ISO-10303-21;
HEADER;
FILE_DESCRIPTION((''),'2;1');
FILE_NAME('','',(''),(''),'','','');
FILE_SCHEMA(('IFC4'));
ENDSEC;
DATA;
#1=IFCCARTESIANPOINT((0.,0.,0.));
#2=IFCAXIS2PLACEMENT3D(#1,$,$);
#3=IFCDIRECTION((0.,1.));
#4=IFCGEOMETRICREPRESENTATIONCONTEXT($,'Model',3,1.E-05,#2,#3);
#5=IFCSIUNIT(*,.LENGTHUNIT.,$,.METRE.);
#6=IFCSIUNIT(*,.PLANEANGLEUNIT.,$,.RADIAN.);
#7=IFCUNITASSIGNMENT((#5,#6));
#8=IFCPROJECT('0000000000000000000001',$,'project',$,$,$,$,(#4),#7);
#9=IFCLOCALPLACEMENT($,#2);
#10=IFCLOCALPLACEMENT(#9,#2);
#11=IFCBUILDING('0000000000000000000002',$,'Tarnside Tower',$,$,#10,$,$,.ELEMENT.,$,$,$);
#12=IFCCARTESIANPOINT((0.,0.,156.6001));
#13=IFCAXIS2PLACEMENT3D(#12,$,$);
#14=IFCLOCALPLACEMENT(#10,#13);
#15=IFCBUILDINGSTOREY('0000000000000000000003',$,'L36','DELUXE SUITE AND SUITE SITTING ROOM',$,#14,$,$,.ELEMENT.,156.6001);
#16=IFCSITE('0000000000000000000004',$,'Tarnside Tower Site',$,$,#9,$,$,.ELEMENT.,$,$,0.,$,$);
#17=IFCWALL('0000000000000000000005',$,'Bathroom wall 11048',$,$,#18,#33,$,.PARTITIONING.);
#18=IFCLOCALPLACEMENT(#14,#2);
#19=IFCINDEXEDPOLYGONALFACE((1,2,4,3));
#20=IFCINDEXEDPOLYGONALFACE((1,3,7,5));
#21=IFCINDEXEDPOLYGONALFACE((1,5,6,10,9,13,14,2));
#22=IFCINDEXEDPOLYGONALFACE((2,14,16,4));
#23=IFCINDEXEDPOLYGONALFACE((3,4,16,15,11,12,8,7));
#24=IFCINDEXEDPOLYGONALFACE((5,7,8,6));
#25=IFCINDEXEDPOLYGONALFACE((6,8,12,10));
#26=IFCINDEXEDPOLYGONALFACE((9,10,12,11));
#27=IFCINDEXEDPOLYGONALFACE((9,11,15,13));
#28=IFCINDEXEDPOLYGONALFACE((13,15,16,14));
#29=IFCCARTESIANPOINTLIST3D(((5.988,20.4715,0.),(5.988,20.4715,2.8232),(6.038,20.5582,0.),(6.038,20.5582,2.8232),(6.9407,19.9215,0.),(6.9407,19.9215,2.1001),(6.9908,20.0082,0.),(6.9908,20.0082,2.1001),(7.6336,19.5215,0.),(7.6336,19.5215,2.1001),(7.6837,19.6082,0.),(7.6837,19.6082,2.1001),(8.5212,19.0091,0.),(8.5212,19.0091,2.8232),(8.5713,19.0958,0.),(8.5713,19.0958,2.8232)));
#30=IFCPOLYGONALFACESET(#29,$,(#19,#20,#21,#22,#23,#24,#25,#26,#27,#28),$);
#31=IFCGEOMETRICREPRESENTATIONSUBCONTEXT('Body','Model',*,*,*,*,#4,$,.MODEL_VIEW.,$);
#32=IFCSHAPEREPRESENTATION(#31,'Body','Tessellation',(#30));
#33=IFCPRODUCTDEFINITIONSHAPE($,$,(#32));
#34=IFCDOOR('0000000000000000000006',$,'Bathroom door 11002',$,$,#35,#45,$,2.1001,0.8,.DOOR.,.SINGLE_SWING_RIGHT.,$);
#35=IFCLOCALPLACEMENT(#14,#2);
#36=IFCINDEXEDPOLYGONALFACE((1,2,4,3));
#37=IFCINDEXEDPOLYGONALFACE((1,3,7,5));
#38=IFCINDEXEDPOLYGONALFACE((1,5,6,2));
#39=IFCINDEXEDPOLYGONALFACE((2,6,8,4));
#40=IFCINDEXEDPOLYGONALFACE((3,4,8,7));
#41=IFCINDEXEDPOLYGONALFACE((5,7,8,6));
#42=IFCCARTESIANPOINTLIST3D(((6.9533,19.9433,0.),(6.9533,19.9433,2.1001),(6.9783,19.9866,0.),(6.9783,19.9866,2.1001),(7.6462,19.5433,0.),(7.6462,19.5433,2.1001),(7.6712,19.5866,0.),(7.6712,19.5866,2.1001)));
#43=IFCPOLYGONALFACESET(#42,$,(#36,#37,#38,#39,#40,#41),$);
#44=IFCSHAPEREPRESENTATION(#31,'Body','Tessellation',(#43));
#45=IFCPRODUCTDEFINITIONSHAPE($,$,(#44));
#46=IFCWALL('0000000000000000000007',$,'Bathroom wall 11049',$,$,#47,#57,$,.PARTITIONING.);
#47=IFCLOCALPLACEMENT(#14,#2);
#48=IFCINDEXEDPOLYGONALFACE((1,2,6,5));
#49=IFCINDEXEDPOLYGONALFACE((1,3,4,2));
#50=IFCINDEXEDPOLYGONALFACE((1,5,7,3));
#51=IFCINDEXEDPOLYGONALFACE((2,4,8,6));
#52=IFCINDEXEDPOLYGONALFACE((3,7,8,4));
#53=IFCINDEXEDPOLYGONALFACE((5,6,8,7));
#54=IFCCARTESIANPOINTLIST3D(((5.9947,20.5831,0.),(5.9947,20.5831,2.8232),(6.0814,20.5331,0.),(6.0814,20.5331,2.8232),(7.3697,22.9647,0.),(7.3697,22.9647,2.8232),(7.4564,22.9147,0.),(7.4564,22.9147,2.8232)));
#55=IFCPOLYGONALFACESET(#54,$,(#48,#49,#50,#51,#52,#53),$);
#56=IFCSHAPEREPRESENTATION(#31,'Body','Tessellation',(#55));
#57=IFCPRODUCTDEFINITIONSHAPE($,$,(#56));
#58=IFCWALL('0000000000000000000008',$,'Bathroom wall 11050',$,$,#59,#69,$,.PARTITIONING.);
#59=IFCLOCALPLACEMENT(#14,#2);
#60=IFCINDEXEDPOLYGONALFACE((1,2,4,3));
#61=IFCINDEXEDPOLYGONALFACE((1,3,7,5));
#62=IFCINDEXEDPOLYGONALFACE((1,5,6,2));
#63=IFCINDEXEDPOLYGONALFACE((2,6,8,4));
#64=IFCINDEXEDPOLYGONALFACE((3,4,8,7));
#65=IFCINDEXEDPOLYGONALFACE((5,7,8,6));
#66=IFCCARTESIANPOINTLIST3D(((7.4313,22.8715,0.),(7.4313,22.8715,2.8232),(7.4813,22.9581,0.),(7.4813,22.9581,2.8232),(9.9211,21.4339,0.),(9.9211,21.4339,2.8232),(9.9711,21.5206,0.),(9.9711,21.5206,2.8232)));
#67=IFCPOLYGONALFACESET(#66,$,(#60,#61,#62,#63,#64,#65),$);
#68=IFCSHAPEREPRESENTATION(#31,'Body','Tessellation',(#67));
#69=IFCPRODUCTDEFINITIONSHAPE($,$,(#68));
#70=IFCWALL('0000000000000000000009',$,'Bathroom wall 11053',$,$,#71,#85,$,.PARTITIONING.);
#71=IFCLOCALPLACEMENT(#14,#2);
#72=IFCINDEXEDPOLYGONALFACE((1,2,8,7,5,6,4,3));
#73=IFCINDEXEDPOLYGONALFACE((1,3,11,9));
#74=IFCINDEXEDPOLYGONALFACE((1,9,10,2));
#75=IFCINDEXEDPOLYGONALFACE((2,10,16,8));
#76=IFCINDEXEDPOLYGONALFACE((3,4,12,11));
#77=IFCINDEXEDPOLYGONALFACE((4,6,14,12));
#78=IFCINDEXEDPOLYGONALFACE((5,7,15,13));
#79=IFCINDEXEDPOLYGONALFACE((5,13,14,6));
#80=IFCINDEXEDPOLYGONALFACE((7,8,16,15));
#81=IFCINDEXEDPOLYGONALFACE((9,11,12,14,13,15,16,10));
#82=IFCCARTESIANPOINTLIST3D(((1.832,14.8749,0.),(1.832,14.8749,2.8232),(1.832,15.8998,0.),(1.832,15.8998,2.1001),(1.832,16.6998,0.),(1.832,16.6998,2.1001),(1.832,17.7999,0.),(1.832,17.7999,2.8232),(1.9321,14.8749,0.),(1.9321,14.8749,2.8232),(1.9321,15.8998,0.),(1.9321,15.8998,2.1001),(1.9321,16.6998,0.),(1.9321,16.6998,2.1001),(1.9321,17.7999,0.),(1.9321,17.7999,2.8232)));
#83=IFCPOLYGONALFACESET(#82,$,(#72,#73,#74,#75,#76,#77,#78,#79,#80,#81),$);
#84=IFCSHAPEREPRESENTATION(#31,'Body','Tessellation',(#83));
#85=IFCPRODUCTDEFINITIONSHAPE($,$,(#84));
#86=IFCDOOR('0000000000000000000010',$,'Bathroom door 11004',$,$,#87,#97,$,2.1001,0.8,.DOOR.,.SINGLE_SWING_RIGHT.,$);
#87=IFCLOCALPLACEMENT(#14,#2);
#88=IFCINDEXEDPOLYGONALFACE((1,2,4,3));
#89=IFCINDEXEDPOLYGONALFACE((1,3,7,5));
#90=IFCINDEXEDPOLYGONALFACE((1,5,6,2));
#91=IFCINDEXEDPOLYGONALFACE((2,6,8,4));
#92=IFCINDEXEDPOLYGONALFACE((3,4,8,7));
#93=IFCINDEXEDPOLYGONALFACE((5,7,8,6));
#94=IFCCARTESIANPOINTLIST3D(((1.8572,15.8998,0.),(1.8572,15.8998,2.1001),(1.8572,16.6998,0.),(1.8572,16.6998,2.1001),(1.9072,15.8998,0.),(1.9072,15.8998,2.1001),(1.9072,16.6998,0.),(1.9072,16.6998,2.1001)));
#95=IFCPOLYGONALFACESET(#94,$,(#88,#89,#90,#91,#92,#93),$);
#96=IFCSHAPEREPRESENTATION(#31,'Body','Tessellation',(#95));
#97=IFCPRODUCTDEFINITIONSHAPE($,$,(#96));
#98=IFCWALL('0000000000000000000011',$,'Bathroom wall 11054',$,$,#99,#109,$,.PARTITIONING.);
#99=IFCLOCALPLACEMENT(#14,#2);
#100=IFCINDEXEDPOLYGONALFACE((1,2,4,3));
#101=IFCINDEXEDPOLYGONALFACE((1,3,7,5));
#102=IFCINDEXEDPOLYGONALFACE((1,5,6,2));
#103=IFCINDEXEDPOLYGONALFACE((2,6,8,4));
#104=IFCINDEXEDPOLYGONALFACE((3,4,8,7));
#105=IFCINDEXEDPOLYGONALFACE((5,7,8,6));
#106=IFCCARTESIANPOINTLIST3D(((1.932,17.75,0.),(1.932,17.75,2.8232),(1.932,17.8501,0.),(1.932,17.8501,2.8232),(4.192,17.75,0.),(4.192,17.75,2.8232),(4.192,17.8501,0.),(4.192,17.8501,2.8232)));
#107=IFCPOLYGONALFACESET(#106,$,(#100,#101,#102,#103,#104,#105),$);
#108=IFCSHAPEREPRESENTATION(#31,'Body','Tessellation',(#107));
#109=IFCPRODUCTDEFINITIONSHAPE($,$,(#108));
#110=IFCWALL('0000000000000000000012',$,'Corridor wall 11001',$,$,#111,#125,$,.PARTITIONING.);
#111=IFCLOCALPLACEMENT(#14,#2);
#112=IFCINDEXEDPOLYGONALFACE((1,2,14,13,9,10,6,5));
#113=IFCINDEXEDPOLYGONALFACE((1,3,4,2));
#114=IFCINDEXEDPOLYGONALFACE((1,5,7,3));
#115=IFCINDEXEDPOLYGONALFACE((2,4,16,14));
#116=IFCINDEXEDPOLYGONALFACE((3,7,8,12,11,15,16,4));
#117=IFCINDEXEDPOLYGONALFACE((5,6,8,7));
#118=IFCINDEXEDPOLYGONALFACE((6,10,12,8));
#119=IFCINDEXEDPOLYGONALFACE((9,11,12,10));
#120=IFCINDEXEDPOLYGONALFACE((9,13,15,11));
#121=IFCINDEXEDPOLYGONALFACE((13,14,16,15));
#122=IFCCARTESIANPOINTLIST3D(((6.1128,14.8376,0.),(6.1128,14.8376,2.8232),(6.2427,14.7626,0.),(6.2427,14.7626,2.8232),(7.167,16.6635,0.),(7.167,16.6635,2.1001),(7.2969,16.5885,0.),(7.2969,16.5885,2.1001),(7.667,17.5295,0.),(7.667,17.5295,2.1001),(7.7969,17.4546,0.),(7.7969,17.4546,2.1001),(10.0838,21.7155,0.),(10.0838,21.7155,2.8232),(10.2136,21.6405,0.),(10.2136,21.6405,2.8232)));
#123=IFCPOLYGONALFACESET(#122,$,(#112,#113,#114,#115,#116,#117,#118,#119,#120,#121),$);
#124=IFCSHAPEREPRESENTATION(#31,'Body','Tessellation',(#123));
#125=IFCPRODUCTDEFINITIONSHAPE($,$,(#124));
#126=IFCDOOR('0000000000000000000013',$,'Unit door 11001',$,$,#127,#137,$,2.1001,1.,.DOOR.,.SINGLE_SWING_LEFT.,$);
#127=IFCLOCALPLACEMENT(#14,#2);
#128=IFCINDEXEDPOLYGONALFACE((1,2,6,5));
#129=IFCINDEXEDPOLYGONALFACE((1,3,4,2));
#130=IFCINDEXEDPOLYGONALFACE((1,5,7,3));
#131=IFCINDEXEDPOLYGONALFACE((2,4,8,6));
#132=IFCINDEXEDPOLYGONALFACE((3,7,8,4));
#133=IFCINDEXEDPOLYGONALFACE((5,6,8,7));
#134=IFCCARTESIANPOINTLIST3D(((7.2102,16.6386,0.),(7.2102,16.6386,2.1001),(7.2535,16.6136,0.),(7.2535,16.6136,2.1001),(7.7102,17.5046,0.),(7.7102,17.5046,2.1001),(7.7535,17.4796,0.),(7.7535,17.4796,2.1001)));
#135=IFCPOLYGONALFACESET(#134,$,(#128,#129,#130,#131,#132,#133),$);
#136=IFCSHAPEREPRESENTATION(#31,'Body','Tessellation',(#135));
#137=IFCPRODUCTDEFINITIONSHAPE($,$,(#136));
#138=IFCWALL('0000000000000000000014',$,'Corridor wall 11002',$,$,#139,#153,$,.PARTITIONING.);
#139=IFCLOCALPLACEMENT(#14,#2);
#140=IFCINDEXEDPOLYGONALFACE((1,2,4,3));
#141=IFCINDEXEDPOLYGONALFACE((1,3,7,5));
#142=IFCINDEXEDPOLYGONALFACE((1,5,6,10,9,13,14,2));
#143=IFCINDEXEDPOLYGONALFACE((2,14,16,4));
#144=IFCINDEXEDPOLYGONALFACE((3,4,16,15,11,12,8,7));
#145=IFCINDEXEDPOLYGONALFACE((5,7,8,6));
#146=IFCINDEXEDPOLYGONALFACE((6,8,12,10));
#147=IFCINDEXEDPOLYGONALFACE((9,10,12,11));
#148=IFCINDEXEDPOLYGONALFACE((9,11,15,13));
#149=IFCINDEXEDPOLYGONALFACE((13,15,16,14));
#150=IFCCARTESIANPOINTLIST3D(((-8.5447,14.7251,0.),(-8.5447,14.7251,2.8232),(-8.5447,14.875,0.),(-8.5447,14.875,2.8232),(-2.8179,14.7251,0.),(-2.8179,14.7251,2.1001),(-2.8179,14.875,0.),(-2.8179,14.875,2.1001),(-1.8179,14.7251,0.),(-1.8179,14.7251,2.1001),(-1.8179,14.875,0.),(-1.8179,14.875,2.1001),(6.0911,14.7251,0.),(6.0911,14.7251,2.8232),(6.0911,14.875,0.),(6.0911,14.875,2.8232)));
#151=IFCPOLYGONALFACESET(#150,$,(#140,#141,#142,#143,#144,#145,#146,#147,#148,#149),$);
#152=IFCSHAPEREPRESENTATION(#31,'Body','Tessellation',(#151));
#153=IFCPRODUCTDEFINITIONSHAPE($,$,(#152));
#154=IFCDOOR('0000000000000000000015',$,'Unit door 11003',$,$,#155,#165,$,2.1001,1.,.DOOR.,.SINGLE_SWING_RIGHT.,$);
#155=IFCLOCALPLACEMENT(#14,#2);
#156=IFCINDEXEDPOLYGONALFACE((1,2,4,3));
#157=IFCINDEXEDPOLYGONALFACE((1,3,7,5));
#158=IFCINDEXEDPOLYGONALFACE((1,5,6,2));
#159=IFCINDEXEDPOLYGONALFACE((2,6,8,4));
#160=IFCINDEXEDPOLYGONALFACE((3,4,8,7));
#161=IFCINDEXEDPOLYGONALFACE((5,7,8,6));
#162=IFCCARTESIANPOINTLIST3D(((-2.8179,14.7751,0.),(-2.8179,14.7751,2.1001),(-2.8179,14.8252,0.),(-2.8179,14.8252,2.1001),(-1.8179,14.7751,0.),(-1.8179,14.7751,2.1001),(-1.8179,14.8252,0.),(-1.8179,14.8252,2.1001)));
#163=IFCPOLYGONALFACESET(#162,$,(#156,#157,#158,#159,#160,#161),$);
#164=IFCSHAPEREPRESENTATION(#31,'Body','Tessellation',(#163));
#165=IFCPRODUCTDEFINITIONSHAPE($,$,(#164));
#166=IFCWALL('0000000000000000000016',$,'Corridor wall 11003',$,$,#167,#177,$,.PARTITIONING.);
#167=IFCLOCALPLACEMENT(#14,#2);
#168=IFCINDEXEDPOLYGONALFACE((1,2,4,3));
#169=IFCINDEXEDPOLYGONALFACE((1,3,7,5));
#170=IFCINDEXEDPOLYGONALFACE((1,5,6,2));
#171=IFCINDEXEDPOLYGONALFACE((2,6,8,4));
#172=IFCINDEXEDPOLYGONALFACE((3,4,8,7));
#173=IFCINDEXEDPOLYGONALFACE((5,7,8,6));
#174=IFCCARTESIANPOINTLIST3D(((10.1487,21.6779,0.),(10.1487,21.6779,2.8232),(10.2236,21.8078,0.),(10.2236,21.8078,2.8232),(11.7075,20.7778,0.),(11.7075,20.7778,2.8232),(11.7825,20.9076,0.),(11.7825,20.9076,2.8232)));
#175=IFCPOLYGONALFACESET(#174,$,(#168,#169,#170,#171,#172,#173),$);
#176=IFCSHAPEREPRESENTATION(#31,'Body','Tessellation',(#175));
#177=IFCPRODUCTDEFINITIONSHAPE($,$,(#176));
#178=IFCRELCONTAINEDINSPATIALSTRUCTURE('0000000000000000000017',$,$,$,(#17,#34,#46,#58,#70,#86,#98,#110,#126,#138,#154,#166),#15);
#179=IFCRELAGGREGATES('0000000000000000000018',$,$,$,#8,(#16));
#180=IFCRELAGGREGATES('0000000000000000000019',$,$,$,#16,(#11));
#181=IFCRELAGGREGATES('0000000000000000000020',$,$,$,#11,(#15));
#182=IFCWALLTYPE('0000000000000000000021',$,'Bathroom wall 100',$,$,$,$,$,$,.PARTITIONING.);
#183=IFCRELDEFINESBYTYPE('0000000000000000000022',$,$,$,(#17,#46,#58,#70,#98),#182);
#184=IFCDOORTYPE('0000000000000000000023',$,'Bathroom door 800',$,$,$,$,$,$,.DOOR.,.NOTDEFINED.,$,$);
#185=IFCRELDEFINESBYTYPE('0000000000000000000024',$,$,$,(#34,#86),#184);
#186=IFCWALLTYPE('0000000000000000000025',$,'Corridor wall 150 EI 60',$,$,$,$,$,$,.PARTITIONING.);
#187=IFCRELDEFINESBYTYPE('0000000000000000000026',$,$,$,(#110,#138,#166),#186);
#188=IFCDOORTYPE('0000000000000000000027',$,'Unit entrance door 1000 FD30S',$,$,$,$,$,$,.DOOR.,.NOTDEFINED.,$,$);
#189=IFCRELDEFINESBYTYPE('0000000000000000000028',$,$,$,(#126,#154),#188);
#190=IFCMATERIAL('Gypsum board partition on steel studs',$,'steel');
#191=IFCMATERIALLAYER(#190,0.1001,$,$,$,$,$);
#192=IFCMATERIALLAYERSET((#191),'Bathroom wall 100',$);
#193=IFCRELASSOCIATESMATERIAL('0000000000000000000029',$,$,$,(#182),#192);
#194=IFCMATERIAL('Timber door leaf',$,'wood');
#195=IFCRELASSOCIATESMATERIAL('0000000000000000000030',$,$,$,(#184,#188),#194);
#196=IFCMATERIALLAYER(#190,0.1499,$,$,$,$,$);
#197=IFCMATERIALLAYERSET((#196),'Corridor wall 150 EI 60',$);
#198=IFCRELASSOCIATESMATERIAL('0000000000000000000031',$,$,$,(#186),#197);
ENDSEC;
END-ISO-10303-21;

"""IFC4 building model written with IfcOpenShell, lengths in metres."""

from ifc_helpers import new_model, si_unit, direction, frame, frame_2d, origin, place, context, subcontext, project, spatial, rectangle, extrude, material, layer, layer_set, type_object, element, fill, save


model = new_model("IFC4")

# Units and contexts
model_context = context("Model", 3, precision=1e-05, world=origin(), true_north=direction((0.0, 1.0)))
body_context = subcontext(model_context, "Body", "Model", "MODEL_VIEW")
ifc_project = project(units=[si_unit("LENGTHUNIT", "METRE"), si_unit("PLANEANGLEUNIT", "RADIAN")], contexts=[model_context])

# Site, building, storey
site_placement = place(None, origin())
site = spatial("IfcSite", under=ifc_project, at=site_placement, Name="Tarnside Tower Site", CompositionType="ELEMENT", RefElevation=0.0)
building_placement = place(site_placement, origin())
building = spatial("IfcBuilding", under=site, at=building_placement, Name="Tarnside Tower", CompositionType="ELEMENT")
storey_placement = place(building_placement, frame((0.0, 0.0, 156.6001)))
storey = spatial("IfcBuildingStorey", under=building, at=storey_placement, Name="L36", Description="DELUXE SUITE AND SUITE SITTING ROOM", CompositionType="ELEMENT", Elevation=156.6001)

# Wall, opening, door
ifc_material_1 = material(Name="Gypsum board partition on steel studs", Category="steel")
ifc_layer_1 = layer(ifc_material_1, 0.1001)
ifc_layer_set_1 = layer_set([ifc_layer_1], Name="Bathroom wall 100")
wall_type_1 = type_object("IfcWallType", Name="Bathroom wall 100", PredefinedType="PARTITIONING", material=ifc_layer_set_1)
wall_1_placement = place(storey_placement, frame((8.5461, 19.0525, 0.0), z_axis=(0.0, 0.0, 1.0), x_axis=(-0.866047, 0.499963, 0.0)))
wall_1 = element("IfcWall", 1, at=wall_1_placement, inside=storey, type_object=wall_type_1, Name="Bathroom wall 11048", PredefinedType="PARTITIONING", context=body_context, shape_type="SweptSolid", body=[
    extrude(rectangle(XDim=2.925, YDim=0.1001, at=frame_2d((1.4624, 0.0))), origin(), (0.0, 0.0, 1.0), 2.8232),
])
opening_1_placement = place(wall_1_placement, frame((1.0249, 0.0, 0.0)))
opening_1 = element("IfcOpeningElement", 2, at=opening_1_placement, cuts=wall_1, PredefinedType="OPENING", context=body_context, shape_type="SweptSolid", body=[
    extrude(rectangle(XDim=0.8, YDim=2.1001, at=frame_2d((0.3999, 1.05))), frame((0.0, 0.0601, 0.0), z_axis=(0.0, -1.0, 0.0), x_axis=(1.0, 0.0, 0.0)), (0.0, 0.0, 1.0), 0.1201),
])
ifc_material_2 = material(Name="Timber door leaf", Category="wood")
door_type_1 = type_object("IfcDoorType", Name="Bathroom door 800", OperationType="NOTDEFINED", PredefinedType="DOOR", material=ifc_material_2)
door_1_placement = place(opening_1_placement, origin())
door_1 = element("IfcDoor", 3, at=door_1_placement, inside=storey, type_object=door_type_1, Name="Bathroom door 11002", OperationType="SINGLE_SWING_RIGHT", OverallHeight=2.1001, OverallWidth=0.8, PredefinedType="DOOR", context=body_context, shape_type="SweptSolid", body=[
    extrude(rectangle(XDim=0.8, YDim=2.1001, at=frame_2d((0.3999, 1.05))), frame((0.0, 0.0249, 0.0), z_axis=(0.0, -1.0, 0.0), x_axis=(1.0, 0.0, 0.0)), (0.0, 0.0, 1.0), 0.05),
])
fill(opening_1, door_1)

# Walls
wall_2_placement = place(storey_placement, frame((6.0381, 20.5581, 0.0), z_axis=(0.0, 0.0, 1.0), x_axis=(0.499997, 0.866027, 0.0)))
element("IfcWall", 4, at=wall_2_placement, inside=storey, type_object=wall_type_1, Name="Bathroom wall 11049", PredefinedType="PARTITIONING", context=body_context, shape_type="SweptSolid", body=[
    extrude(rectangle(XDim=2.75, YDim=0.1001, at=frame_2d((1.375, 0.0))), origin(), (0.0, 0.0, 1.0), 2.8232),
])
wall_3_placement = place(storey_placement, frame((7.4563, 22.9148, 0.0), z_axis=(0.0, 0.0, 1.0), x_axis=(0.866019, -0.500012, 0.0)))
element("IfcWall", 5, at=wall_3_placement, inside=storey, type_object=wall_type_1, Name="Bathroom wall 11050", PredefinedType="PARTITIONING", context=body_context, shape_type="SweptSolid", body=[
    extrude(rectangle(XDim=2.875, YDim=0.1001, at=frame_2d((1.4375, 0.0))), origin(), (0.0, 0.0, 1.0), 2.8232),
])

# Wall, opening, door
wall_4_placement = place(storey_placement, frame((1.8821, 14.875, 0.0), z_axis=(0.0, 0.0, 1.0), x_axis=(0.0, 1.0, 0.0)))
wall_4 = element("IfcWall", 6, at=wall_4_placement, inside=storey, type_object=wall_type_1, Name="Bathroom wall 11053", PredefinedType="PARTITIONING", context=body_context, shape_type="SweptSolid", body=[
    extrude(rectangle(XDim=2.925, YDim=0.1001, at=frame_2d((1.4624, 0.0))), origin(), (0.0, 0.0, 1.0), 2.8232),
])
opening_2_placement = place(wall_4_placement, frame((1.0249, 0.0, 0.0)))
opening_2 = element("IfcOpeningElement", 7, at=opening_2_placement, cuts=wall_4, PredefinedType="OPENING", context=body_context, shape_type="SweptSolid", body=[
    extrude(rectangle(XDim=0.8, YDim=2.1001, at=frame_2d((0.3999, 1.05))), frame((0.0, 0.0601, 0.0), z_axis=(0.0, -1.0, 0.0), x_axis=(1.0, 0.0, 0.0)), (0.0, 0.0, 1.0), 0.1201),
])
door_2_placement = place(opening_2_placement, origin())
door_2 = element("IfcDoor", 8, at=door_2_placement, inside=storey, type_object=door_type_1, Name="Bathroom door 11004", OperationType="SINGLE_SWING_RIGHT", OverallHeight=2.1001, OverallWidth=0.8, PredefinedType="DOOR", context=body_context, shape_type="SweptSolid", body=[
    extrude(rectangle(XDim=0.8, YDim=2.1001, at=frame_2d((0.3999, 1.05))), frame((0.0, 0.0249, 0.0), z_axis=(0.0, -1.0, 0.0), x_axis=(1.0, 0.0, 0.0)), (0.0, 0.0, 1.0), 0.05),
])
fill(opening_2, door_2)

# Wall
wall_5_placement = place(storey_placement, frame((1.9321, 17.8, 0.0), z_axis=(0.0, 0.0, 1.0), x_axis=(1.0, 0.0, 0.0)))
element("IfcWall", 9, at=wall_5_placement, inside=storey, type_object=wall_type_1, Name="Bathroom wall 11054", PredefinedType="PARTITIONING", context=body_context, shape_type="SweptSolid", body=[
    extrude(rectangle(XDim=2.26, YDim=0.1001, at=frame_2d((1.1299, 0.0))), origin(), (0.0, 0.0, 1.0), 2.8232),
])

# Walls, openings, doors
ifc_layer_2 = layer(ifc_material_1, 0.1499)
ifc_layer_set_2 = layer_set([ifc_layer_2], Name="Corridor wall 150 EI 60")
wall_type_2 = type_object("IfcWallType", Name="Corridor wall 150 EI 60", PredefinedType="PARTITIONING", material=ifc_layer_set_2)
wall_6_placement = place(storey_placement, frame((10.1487, 21.678, 0.0), z_axis=(0.0, 0.0, 1.0), x_axis=(-0.499997, -0.866027, 0.0)))
wall_6 = element("IfcWall", 10, at=wall_6_placement, inside=storey, type_object=wall_type_2, Name="Corridor wall 11001", PredefinedType="PARTITIONING", context=body_context, shape_type="SweptSolid", body=[
    extrude(rectangle(XDim=7.9419, YDim=0.1499, at=frame_2d((3.9709, 0.0))), origin(), (0.0, 0.0, 1.0), 2.8232),
])
opening_3_placement = place(wall_6_placement, frame((4.8335, 0.0, 0.0)))
opening_3 = element("IfcOpeningElement", 11, at=opening_3_placement, cuts=wall_6, PredefinedType="OPENING", context=body_context, shape_type="SweptSolid", body=[
    extrude(rectangle(XDim=1.0, YDim=2.1001, at=frame_2d((0.5, 1.05))), frame((0.0, 0.085, 0.0), z_axis=(0.0, -1.0, 0.0), x_axis=(1.0, 0.0, 0.0)), (0.0, 0.0, 1.0), 0.1699),
])
door_type_2 = type_object("IfcDoorType", Name="Unit entrance door 1000 FD30S", OperationType="NOTDEFINED", PredefinedType="DOOR", material=ifc_material_2)
door_3_placement = place(opening_3_placement, origin())
door_3 = element("IfcDoor", 12, at=door_3_placement, inside=storey, type_object=door_type_2, Name="Unit door 11001", OperationType="SINGLE_SWING_LEFT", OverallHeight=2.1001, OverallWidth=1.0, PredefinedType="DOOR", context=body_context, shape_type="SweptSolid", body=[
    extrude(rectangle(XDim=1.0, YDim=2.1001, at=frame_2d((0.5, 1.05))), frame((0.0, 0.0249, 0.0), z_axis=(0.0, -1.0, 0.0), x_axis=(1.0, 0.0, 0.0)), (0.0, 0.0, 1.0), 0.05),
])
fill(opening_3, door_3)
wall_7_placement = place(storey_placement, frame((6.0911, 14.8, 0.0), z_axis=(0.0, 0.0, 1.0), x_axis=(-1.0, 0.0, 0.0)))
wall_7 = element("IfcWall", 13, at=wall_7_placement, inside=storey, type_object=wall_type_2, Name="Corridor wall 11002", PredefinedType="PARTITIONING", context=body_context, shape_type="SweptSolid", body=[
    extrude(rectangle(XDim=14.6357, YDim=0.1499, at=frame_2d((7.3179, 0.0))), origin(), (0.0, 0.0, 1.0), 2.8232),
])
opening_4_placement = place(wall_7_placement, frame((7.9089, 0.0, 0.0)))
opening_4 = element("IfcOpeningElement", 14, at=opening_4_placement, cuts=wall_7, PredefinedType="OPENING", context=body_context, shape_type="SweptSolid", body=[
    extrude(rectangle(XDim=1.0, YDim=2.1001, at=frame_2d((0.5, 1.05))), frame((0.0, 0.085, 0.0), z_axis=(0.0, -1.0, 0.0), x_axis=(1.0, 0.0, 0.0)), (0.0, 0.0, 1.0), 0.1699),
])
door_4_placement = place(opening_4_placement, origin())
door_4 = element("IfcDoor", 15, at=door_4_placement, inside=storey, type_object=door_type_2, Name="Unit door 11003", OperationType="SINGLE_SWING_RIGHT", OverallHeight=2.1001, OverallWidth=1.0, PredefinedType="DOOR", context=body_context, shape_type="SweptSolid", body=[
    extrude(rectangle(XDim=1.0, YDim=2.1001, at=frame_2d((0.5, 1.05))), frame((0.0, 0.0249, 0.0), z_axis=(0.0, -1.0, 0.0), x_axis=(1.0, 0.0, 0.0)), (0.0, 0.0, 1.0), 0.05),
])
fill(opening_4, door_4)

# Wall
wall_8_placement = place(storey_placement, frame((11.7449, 20.8428, 0.0), z_axis=(0.0, 0.0, 1.0), x_axis=(-0.865989, 0.500063, 0.0)))
element("IfcWall", 16, at=wall_8_placement, inside=storey, type_object=wall_type_2, Name="Corridor wall 11003", PredefinedType="PARTITIONING", context=body_context, shape_type="SweptSolid", body=[
    extrude(rectangle(XDim=1.8, YDim=0.1499, at=frame_2d((0.8999, 0.0))), origin(), (0.0, 0.0, 1.0), 2.8232),
])

save(model, "model.ifc")
